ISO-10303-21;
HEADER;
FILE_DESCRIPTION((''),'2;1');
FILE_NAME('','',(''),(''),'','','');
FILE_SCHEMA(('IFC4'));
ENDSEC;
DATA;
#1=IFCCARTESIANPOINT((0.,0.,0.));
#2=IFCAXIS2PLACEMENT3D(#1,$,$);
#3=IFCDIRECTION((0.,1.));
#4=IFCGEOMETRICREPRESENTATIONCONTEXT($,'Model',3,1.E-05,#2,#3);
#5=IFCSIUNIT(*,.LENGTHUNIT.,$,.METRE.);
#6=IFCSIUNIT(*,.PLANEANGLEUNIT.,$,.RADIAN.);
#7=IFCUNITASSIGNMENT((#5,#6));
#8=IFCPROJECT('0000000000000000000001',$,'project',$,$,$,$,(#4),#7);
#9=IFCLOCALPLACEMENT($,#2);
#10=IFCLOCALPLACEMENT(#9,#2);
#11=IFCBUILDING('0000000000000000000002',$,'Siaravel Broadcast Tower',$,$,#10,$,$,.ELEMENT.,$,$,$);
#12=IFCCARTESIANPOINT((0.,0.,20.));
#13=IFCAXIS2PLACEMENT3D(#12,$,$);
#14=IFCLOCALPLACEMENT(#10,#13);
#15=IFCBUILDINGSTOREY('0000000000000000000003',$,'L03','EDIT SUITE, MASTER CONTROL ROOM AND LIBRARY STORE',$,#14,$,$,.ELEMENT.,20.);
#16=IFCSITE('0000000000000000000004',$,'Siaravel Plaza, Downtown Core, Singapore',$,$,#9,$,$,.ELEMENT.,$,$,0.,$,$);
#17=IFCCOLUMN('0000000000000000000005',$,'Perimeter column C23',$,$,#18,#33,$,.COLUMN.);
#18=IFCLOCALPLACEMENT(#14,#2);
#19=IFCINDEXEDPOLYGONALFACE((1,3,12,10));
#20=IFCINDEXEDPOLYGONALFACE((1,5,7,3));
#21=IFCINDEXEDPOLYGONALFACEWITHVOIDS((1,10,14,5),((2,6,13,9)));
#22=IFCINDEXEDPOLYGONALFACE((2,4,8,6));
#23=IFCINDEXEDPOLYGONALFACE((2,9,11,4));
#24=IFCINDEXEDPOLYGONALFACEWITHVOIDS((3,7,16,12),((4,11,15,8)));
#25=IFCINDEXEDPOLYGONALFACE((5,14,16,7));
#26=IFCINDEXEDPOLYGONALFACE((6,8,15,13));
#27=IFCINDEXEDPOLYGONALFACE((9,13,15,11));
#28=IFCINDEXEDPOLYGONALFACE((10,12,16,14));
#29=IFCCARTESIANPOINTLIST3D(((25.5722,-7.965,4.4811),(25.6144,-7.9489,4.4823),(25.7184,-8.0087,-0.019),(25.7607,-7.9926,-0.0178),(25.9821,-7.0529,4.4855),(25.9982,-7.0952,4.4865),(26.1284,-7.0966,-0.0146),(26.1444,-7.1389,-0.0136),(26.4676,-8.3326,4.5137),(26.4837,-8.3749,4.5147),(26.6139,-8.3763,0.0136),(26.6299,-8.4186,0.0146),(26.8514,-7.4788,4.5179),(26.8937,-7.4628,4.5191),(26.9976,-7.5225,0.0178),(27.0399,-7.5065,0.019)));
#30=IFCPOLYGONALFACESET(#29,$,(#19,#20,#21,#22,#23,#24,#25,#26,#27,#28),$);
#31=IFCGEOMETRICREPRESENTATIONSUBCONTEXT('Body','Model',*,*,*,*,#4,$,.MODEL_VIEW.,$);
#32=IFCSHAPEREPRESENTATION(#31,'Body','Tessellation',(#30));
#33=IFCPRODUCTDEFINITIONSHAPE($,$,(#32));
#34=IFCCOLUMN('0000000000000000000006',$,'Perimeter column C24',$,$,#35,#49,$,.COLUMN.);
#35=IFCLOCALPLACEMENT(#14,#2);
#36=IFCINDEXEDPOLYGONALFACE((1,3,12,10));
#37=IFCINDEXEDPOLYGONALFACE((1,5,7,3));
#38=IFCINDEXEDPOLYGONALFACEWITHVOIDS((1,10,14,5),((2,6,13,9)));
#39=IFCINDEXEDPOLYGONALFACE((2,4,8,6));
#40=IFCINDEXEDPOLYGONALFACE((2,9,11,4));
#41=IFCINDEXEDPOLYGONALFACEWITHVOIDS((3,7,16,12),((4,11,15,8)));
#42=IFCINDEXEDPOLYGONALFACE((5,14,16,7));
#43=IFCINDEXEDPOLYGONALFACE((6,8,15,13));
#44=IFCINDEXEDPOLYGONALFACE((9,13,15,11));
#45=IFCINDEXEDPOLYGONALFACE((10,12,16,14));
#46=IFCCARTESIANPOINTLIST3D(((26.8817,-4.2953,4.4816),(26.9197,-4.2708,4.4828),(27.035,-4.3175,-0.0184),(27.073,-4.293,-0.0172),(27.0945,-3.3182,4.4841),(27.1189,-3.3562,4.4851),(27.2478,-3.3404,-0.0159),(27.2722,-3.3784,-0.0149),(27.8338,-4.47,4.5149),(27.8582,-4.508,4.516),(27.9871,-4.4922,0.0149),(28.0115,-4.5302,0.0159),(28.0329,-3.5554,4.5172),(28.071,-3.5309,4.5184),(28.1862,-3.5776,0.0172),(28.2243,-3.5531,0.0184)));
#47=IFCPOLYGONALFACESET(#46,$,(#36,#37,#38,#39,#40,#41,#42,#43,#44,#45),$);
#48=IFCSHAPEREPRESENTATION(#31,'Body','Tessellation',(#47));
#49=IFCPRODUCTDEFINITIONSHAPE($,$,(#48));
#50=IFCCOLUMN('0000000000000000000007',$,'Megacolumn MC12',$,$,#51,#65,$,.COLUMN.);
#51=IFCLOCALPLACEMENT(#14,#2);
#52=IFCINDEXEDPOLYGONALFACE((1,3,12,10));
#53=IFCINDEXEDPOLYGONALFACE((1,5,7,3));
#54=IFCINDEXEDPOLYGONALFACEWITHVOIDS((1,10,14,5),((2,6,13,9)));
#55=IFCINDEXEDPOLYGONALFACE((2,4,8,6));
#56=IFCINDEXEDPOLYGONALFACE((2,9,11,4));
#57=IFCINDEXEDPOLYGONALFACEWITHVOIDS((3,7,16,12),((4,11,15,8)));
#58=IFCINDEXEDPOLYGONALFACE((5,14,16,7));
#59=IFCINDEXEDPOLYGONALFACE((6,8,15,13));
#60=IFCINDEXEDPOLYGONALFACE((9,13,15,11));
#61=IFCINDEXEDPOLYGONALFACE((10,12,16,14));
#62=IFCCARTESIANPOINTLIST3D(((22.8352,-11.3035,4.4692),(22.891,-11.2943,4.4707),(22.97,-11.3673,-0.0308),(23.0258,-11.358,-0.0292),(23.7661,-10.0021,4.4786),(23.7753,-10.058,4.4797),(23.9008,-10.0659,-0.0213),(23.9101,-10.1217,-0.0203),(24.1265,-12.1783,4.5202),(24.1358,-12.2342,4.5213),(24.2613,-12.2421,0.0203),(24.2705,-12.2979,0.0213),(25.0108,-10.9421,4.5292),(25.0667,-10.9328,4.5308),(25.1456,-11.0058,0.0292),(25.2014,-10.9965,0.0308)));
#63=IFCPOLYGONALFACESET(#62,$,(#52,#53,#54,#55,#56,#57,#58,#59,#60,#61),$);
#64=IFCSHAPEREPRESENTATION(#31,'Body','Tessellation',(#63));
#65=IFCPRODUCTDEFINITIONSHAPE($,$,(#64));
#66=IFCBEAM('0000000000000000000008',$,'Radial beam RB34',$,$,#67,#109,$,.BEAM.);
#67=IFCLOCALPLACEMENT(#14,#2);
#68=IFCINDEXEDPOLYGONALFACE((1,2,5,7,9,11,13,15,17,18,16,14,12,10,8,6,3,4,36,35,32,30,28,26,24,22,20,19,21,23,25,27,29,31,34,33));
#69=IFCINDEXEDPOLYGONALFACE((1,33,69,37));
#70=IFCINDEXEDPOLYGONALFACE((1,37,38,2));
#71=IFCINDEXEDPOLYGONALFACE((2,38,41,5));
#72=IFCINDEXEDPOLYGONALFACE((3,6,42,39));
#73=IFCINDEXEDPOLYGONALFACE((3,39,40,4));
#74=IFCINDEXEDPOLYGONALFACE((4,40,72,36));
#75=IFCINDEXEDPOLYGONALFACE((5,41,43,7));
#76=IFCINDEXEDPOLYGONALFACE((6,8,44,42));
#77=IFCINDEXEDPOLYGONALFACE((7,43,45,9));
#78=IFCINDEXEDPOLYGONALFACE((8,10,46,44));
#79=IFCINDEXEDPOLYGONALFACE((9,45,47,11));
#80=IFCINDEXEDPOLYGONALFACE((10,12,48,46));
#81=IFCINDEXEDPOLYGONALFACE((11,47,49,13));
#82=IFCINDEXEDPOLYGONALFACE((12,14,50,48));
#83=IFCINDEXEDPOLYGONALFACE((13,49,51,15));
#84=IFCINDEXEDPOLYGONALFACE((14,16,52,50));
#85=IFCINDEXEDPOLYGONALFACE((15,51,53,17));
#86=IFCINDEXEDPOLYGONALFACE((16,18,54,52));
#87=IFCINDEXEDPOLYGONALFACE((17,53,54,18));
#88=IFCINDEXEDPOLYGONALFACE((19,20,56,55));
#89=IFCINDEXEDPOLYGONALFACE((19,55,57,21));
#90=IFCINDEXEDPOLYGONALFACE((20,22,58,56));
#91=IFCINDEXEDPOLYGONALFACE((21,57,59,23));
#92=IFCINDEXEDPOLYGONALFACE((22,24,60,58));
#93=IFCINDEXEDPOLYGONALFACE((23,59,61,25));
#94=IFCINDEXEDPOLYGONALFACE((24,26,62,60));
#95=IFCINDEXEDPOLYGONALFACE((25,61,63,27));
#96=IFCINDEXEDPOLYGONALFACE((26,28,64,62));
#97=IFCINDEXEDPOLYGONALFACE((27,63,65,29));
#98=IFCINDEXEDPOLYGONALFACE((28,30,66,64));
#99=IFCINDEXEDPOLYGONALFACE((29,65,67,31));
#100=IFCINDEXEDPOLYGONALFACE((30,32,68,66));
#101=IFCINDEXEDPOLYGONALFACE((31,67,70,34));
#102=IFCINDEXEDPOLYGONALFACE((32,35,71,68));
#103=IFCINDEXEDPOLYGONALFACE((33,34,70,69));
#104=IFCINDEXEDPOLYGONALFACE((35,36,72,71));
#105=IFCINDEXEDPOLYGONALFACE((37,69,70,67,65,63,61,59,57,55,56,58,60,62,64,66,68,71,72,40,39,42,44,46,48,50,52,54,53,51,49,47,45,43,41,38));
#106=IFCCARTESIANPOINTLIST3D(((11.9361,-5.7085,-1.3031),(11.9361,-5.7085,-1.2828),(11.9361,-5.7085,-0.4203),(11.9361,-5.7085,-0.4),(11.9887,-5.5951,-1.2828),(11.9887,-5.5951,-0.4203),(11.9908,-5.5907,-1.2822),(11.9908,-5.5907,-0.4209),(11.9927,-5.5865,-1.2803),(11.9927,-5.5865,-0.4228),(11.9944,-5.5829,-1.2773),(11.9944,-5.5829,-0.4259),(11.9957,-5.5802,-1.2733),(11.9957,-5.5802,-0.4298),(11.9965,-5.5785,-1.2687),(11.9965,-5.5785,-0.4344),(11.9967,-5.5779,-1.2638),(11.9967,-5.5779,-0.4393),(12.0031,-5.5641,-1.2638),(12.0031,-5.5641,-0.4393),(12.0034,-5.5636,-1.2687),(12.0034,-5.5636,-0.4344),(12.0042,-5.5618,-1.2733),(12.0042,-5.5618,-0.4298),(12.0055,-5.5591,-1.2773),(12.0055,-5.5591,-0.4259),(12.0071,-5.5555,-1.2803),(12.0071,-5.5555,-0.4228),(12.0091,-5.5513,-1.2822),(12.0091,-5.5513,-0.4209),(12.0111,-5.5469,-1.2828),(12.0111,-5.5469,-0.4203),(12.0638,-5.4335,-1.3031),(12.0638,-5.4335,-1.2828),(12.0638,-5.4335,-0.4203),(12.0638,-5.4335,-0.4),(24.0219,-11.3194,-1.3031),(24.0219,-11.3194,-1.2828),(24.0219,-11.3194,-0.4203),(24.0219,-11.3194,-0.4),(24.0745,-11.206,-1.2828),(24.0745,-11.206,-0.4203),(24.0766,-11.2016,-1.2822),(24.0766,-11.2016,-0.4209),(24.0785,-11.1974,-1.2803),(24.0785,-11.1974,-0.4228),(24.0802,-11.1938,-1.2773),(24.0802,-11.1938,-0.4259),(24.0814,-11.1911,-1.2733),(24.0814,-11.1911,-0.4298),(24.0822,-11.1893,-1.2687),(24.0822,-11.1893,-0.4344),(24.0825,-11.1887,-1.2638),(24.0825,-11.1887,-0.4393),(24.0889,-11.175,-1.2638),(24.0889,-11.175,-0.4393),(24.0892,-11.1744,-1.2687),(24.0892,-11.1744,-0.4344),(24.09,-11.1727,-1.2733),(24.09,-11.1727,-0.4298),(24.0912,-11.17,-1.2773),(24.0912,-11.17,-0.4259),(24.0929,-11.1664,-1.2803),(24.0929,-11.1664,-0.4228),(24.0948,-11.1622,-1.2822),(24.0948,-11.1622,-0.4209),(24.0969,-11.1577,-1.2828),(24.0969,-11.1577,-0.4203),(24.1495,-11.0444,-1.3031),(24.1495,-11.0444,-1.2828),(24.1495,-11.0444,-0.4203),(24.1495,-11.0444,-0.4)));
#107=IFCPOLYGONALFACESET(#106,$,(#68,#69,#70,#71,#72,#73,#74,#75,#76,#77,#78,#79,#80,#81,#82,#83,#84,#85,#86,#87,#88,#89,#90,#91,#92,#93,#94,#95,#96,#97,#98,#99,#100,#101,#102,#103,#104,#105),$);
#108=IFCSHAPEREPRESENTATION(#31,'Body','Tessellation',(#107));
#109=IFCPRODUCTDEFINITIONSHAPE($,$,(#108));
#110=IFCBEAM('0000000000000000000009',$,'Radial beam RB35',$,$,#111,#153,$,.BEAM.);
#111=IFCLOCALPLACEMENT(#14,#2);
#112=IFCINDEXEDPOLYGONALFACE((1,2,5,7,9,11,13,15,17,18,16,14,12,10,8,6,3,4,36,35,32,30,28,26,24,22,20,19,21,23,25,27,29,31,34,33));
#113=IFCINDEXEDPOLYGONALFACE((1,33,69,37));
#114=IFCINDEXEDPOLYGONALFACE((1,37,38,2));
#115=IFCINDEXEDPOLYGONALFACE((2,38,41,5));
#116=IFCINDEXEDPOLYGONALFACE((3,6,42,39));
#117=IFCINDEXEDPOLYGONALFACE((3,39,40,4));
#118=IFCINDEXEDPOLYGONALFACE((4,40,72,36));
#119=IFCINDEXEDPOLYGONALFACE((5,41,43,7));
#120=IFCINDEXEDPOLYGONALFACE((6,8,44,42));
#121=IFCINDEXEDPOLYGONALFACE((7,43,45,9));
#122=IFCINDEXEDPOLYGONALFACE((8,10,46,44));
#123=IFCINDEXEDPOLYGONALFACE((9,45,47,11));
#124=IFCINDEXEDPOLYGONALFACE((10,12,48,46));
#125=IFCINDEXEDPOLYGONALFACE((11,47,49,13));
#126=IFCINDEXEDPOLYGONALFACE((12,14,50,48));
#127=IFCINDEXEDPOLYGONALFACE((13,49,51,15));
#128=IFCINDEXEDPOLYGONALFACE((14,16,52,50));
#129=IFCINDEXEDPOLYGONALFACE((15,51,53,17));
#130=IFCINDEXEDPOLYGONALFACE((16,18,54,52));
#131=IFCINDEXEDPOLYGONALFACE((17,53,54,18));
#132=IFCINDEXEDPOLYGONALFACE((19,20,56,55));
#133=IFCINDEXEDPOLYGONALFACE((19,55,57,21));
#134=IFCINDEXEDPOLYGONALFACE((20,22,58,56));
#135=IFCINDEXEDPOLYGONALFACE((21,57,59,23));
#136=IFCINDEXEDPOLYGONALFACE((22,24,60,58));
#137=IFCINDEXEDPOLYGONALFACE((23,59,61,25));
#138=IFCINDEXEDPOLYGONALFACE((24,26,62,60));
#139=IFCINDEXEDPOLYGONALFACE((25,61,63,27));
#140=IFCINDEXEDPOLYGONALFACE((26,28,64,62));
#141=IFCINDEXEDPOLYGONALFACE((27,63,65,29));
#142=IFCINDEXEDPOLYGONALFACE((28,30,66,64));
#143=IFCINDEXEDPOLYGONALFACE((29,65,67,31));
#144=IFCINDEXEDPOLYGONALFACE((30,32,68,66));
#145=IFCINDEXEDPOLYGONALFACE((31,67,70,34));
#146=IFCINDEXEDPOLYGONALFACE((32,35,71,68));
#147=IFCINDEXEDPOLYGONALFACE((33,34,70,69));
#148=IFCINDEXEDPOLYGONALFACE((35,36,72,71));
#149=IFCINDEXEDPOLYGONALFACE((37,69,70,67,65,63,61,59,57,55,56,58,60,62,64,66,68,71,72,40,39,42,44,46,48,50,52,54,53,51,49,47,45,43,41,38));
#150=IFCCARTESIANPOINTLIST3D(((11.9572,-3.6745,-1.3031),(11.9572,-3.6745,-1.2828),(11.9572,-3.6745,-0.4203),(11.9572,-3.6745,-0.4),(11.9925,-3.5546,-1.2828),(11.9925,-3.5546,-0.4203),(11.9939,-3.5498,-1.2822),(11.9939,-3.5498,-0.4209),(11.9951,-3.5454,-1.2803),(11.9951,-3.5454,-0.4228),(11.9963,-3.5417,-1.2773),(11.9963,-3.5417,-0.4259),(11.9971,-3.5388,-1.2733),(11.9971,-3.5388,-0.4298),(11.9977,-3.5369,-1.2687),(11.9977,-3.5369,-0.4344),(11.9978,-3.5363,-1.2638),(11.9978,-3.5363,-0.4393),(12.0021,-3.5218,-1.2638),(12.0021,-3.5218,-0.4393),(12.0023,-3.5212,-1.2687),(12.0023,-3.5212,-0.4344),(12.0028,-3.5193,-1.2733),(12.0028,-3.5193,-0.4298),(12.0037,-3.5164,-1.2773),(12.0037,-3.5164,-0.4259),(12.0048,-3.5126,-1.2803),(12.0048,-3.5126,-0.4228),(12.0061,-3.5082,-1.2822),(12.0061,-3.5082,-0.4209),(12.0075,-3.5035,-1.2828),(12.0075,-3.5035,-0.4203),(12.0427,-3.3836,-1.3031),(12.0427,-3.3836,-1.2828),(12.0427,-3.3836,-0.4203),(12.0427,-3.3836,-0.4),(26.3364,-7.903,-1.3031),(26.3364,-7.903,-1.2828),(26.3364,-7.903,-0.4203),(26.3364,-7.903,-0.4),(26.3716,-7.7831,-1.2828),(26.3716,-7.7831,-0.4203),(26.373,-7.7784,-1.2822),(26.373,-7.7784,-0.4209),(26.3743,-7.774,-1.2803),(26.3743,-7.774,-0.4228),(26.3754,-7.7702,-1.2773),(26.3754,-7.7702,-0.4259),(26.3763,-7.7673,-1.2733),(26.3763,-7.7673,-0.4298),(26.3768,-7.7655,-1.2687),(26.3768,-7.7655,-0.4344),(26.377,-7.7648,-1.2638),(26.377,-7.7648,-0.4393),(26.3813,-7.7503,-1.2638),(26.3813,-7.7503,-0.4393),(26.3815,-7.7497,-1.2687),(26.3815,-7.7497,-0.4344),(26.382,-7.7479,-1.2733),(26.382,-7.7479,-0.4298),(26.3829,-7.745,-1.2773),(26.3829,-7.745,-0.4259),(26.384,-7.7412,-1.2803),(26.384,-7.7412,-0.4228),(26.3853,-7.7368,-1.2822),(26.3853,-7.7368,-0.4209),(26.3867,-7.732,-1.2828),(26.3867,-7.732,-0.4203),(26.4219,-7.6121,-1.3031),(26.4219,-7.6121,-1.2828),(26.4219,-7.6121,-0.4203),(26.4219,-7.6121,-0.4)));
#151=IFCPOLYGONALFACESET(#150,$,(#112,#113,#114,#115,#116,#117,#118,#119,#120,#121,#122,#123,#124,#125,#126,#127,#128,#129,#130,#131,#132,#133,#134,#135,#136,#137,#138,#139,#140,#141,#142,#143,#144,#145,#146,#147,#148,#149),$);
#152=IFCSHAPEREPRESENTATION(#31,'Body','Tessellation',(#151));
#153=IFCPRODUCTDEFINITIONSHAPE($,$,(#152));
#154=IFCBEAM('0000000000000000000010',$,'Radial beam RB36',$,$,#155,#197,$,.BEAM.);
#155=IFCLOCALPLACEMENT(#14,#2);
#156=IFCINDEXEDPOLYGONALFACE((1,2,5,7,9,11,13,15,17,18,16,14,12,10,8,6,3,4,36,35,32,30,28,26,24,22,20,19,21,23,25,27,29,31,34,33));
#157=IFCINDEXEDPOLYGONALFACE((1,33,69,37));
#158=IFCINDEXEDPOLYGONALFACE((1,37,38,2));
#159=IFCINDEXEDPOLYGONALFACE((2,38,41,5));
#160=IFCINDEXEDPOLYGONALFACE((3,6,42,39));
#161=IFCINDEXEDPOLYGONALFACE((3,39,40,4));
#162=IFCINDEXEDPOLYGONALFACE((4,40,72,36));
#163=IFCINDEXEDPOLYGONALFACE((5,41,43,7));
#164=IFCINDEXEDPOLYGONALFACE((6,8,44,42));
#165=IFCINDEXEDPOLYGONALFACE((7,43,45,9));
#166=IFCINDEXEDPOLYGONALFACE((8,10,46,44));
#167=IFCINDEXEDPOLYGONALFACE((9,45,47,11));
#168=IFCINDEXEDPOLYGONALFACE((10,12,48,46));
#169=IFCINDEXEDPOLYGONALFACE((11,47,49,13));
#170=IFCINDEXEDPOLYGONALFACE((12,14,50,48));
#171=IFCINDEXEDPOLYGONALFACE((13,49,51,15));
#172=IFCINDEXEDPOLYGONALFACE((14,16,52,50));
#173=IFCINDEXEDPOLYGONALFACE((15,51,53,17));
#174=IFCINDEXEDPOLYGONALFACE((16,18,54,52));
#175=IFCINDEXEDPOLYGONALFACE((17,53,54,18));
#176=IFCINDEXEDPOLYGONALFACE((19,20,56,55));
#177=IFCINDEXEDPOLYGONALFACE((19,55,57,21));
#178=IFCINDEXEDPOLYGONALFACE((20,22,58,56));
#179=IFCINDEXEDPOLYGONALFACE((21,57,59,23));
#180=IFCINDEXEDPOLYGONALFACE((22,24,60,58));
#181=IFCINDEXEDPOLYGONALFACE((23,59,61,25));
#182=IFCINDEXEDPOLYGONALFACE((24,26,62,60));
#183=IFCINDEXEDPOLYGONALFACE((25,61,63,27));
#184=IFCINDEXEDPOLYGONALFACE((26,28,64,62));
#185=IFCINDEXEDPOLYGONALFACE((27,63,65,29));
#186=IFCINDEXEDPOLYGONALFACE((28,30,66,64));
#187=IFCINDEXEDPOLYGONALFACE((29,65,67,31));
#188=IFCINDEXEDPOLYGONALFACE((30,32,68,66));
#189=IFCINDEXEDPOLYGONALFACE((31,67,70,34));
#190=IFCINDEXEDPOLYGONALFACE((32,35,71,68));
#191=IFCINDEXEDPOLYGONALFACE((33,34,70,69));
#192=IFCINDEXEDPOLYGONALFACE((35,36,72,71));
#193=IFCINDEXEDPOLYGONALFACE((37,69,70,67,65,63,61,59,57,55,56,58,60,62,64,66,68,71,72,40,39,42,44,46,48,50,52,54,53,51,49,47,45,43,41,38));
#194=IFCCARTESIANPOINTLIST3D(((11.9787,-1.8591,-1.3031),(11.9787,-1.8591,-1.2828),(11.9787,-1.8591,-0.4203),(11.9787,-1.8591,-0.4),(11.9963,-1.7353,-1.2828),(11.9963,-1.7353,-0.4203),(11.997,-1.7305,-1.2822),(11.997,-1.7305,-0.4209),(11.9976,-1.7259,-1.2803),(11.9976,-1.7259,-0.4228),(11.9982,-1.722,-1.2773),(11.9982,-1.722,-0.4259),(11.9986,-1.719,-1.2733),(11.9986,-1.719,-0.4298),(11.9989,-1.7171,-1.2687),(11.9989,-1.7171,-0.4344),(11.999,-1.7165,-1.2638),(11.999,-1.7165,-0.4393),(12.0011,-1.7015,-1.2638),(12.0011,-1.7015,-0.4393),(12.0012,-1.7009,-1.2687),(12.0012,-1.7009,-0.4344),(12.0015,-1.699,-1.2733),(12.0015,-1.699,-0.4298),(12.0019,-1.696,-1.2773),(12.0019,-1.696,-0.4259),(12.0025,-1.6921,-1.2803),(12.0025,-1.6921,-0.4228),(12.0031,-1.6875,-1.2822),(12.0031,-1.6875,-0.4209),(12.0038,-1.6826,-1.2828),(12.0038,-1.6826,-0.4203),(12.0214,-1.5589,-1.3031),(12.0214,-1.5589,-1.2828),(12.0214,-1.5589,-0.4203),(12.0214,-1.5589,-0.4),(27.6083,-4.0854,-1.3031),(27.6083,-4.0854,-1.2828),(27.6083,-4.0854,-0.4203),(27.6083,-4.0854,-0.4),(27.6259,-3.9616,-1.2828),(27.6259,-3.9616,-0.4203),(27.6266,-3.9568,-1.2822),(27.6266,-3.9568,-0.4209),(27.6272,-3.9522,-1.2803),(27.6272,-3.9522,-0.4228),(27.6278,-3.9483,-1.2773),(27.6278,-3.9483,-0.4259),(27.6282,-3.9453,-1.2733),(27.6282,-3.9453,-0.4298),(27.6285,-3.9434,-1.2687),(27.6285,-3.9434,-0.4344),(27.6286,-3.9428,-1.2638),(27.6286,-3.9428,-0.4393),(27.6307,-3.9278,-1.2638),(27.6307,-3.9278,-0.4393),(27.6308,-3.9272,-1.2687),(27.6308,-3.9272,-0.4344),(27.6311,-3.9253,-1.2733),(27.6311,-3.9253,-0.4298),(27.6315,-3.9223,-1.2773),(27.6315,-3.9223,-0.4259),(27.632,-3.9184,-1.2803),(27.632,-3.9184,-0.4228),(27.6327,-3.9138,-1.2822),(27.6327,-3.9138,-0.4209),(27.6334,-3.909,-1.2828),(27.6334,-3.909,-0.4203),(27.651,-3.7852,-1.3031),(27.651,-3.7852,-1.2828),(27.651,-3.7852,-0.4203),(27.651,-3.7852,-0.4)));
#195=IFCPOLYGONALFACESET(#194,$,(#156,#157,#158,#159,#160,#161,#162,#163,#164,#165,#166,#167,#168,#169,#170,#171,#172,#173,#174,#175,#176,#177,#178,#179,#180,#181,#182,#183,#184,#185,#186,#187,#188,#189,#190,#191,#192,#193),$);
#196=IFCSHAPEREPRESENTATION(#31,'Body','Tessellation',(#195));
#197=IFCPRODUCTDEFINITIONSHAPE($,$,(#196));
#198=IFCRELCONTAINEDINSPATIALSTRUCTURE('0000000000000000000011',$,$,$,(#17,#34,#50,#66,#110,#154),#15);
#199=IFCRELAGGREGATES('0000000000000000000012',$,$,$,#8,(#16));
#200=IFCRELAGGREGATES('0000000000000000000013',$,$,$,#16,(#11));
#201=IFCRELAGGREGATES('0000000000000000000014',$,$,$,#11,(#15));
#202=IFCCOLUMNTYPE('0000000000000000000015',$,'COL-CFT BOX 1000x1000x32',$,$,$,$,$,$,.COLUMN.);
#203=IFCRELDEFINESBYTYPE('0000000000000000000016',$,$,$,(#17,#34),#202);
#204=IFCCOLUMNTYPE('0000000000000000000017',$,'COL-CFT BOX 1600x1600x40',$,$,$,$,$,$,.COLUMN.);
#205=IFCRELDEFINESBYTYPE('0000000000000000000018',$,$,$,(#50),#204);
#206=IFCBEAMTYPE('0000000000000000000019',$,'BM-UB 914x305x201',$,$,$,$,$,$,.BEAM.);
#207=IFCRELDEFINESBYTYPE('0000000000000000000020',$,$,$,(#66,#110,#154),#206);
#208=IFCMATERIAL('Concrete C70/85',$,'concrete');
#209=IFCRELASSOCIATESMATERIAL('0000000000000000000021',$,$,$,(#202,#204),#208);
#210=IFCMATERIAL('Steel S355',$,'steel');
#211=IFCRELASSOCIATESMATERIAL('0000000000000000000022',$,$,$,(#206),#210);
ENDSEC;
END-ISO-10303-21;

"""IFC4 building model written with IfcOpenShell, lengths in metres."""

from ifc_helpers import new_model, si_unit, direction, frame, origin, origin_2d, place, context, subcontext, project, spatial, hollow_rectangle, i_section, extrude, material, material_profile, profile_set, type_object, element, save


model = new_model("IFC4")

# Units and contexts
model_context = context("Model", 3, precision=1e-05, world=origin(), true_north=direction((0.0, 1.0)))
body_context = subcontext(model_context, "Body", "Model", "MODEL_VIEW")
ifc_project = project(units=[si_unit("LENGTHUNIT", "METRE"), si_unit("PLANEANGLEUNIT", "RADIAN")], contexts=[model_context])

# Site, building, storey
site_placement = place(None, origin())
site = spatial("IfcSite", under=ifc_project, at=site_placement, Name="Siaravel Plaza, Downtown Core, Singapore", CompositionType="ELEMENT", RefElevation=0.0)
building_placement = place(site_placement, origin())
building = spatial("IfcBuilding", under=site, at=building_placement, Name="Siaravel Broadcast Tower", CompositionType="ELEMENT")
storey_placement = place(building_placement, frame((0.0, 0.0, 20.0)))
storey = spatial("IfcBuildingStorey", under=building, at=storey_placement, Name="L03", Description="EDIT SUITE, MASTER CONTROL ROOM AND LIBRARY STORE", CompositionType="ELEMENT", Elevation=20.0)

# Columns
ifc_material_1 = material(Name="Concrete C70/85", Category="concrete")
ifc_material_profile_1 = material_profile(ifc_material_1, hollow_rectangle(XDim=1.0, YDim=1.0, WallThickness=0.032, at=origin_2d()))
ifc_profile_set_1 = profile_set([ifc_material_profile_1], Name="Concrete C70/85")
column_type_1 = type_object("IfcColumnType", Name="COL-CFT BOX 1000x1000x32", PredefinedType="COLUMN", material=ifc_profile_set_1)
for number, where, z_axis, x_axis, name in (
    (1, (26.3792, -7.7576, 0.0), (-0.032479, 0.009706, 0.999425), (-0.409975, -0.912086, -0.004466), "Perimeter column C23"),
    (2, (27.6296, -3.9353, 0.0), (-0.034051, 0.004934, 0.999408), (-0.212785, -0.977096, -0.002426), "Perimeter column C24"),
):
    element("IfcColumn", number, at=place(storey_placement, frame(where, z_axis=z_axis, x_axis=x_axis)), inside=storey, type_object=column_type_1, Name=name, PredefinedType="COLUMN", context=body_context, shape_type="SweptSolid", body=[
        extrude(hollow_rectangle(XDim=1.0, YDim=1.0, WallThickness=0.032, at=origin_2d()), origin(), (0.0, 0.0, 1.0), 4.5027),
    ])
ifc_material_profile_2 = material_profile(ifc_material_1, hollow_rectangle(XDim=1.6001, YDim=1.6001, WallThickness=0.04, at=origin_2d()))
ifc_profile_set_2 = profile_set([ifc_material_profile_2], Name="Concrete C70/85")
column_type_2 = type_object("IfcColumnType", Name="COL-CFT BOX 1600x1600x40", PredefinedType="COLUMN", material=ifc_profile_set_2)
column_placement = place(storey_placement, frame((24.0857, -11.1819, 0.0), z_axis=(-0.029931, 0.014152, 0.999452), x_axis=(-0.581765, -0.813335, -0.005906)))
element("IfcColumn", 3, at=column_placement, inside=storey, type_object=column_type_2, Name="Megacolumn MC12", PredefinedType="COLUMN", context=body_context, shape_type="SweptSolid", body=[
    extrude(hollow_rectangle(XDim=1.6001, YDim=1.6001, WallThickness=0.04, at=origin_2d()), origin(), (0.0, 0.0, 1.0), 4.5024),
])

# Beams
ifc_material_2 = material(Name="Steel S355", Category="steel")
ifc_material_profile_3 = material_profile(ifc_material_2, i_section(OverallWidth=0.3032, OverallDepth=0.9031, WebThickness=0.0151, FlangeThickness=0.0203, FilletRadius=0.019, at=origin_2d()))
ifc_profile_set_3 = profile_set([ifc_material_profile_3], Name="Steel S355")
beam_type = type_object("IfcBeamType", Name="BM-UB 914x305x201", PredefinedType="BEAM", material=ifc_profile_set_3)
beam_1_placement = place(storey_placement, frame((24.0857, -11.1819, -0.8516), z_axis=(-0.90702, 0.421088, 0.0), x_axis=(-0.421088, -0.90702, 0.0)))
element("IfcBeam", 4, at=beam_1_placement, inside=storey, type_object=beam_type, Name="Radial beam RB34", PredefinedType="BEAM", context=body_context, shape_type="SweptSolid", body=[
    extrude(i_section(OverallWidth=0.3032, OverallDepth=0.9031, WebThickness=0.0151, FlangeThickness=0.0203, FilletRadius=0.019, at=origin_2d()), origin(), (0.0, 0.0, 1.0), 13.3247),
])
beam_2_placement = place(storey_placement, frame((26.3792, -7.7576, -0.8516), z_axis=(-0.959377, 0.282127, 0.0), x_axis=(-0.282127, -0.959377, 0.0)))
element("IfcBeam", 5, at=beam_2_placement, inside=storey, type_object=beam_type, Name="Radial beam RB35", PredefinedType="BEAM", context=body_context, shape_type="SweptSolid", body=[
    extrude(i_section(OverallWidth=0.3032, OverallDepth=0.9031, WebThickness=0.0151, FlangeThickness=0.0203, FilletRadius=0.019, at=origin_2d()), origin(), (0.0, 0.0, 1.0), 14.988),
])
beam_3_placement = place(storey_placement, frame((27.6296, -3.9353, -0.8516), z_axis=(-0.990007, 0.141019, 0.0), x_axis=(-0.141019, -0.990007, 0.0)))
element("IfcBeam", 6, at=beam_3_placement, inside=storey, type_object=beam_type, Name="Radial beam RB36", PredefinedType="BEAM", context=body_context, shape_type="SweptSolid", body=[
    extrude(i_section(OverallWidth=0.3032, OverallDepth=0.9031, WebThickness=0.0151, FlangeThickness=0.0203, FilletRadius=0.019, at=origin_2d()), origin(), (0.0, 0.0, 1.0), 15.7874),
])

save(model, "model.ifc")
